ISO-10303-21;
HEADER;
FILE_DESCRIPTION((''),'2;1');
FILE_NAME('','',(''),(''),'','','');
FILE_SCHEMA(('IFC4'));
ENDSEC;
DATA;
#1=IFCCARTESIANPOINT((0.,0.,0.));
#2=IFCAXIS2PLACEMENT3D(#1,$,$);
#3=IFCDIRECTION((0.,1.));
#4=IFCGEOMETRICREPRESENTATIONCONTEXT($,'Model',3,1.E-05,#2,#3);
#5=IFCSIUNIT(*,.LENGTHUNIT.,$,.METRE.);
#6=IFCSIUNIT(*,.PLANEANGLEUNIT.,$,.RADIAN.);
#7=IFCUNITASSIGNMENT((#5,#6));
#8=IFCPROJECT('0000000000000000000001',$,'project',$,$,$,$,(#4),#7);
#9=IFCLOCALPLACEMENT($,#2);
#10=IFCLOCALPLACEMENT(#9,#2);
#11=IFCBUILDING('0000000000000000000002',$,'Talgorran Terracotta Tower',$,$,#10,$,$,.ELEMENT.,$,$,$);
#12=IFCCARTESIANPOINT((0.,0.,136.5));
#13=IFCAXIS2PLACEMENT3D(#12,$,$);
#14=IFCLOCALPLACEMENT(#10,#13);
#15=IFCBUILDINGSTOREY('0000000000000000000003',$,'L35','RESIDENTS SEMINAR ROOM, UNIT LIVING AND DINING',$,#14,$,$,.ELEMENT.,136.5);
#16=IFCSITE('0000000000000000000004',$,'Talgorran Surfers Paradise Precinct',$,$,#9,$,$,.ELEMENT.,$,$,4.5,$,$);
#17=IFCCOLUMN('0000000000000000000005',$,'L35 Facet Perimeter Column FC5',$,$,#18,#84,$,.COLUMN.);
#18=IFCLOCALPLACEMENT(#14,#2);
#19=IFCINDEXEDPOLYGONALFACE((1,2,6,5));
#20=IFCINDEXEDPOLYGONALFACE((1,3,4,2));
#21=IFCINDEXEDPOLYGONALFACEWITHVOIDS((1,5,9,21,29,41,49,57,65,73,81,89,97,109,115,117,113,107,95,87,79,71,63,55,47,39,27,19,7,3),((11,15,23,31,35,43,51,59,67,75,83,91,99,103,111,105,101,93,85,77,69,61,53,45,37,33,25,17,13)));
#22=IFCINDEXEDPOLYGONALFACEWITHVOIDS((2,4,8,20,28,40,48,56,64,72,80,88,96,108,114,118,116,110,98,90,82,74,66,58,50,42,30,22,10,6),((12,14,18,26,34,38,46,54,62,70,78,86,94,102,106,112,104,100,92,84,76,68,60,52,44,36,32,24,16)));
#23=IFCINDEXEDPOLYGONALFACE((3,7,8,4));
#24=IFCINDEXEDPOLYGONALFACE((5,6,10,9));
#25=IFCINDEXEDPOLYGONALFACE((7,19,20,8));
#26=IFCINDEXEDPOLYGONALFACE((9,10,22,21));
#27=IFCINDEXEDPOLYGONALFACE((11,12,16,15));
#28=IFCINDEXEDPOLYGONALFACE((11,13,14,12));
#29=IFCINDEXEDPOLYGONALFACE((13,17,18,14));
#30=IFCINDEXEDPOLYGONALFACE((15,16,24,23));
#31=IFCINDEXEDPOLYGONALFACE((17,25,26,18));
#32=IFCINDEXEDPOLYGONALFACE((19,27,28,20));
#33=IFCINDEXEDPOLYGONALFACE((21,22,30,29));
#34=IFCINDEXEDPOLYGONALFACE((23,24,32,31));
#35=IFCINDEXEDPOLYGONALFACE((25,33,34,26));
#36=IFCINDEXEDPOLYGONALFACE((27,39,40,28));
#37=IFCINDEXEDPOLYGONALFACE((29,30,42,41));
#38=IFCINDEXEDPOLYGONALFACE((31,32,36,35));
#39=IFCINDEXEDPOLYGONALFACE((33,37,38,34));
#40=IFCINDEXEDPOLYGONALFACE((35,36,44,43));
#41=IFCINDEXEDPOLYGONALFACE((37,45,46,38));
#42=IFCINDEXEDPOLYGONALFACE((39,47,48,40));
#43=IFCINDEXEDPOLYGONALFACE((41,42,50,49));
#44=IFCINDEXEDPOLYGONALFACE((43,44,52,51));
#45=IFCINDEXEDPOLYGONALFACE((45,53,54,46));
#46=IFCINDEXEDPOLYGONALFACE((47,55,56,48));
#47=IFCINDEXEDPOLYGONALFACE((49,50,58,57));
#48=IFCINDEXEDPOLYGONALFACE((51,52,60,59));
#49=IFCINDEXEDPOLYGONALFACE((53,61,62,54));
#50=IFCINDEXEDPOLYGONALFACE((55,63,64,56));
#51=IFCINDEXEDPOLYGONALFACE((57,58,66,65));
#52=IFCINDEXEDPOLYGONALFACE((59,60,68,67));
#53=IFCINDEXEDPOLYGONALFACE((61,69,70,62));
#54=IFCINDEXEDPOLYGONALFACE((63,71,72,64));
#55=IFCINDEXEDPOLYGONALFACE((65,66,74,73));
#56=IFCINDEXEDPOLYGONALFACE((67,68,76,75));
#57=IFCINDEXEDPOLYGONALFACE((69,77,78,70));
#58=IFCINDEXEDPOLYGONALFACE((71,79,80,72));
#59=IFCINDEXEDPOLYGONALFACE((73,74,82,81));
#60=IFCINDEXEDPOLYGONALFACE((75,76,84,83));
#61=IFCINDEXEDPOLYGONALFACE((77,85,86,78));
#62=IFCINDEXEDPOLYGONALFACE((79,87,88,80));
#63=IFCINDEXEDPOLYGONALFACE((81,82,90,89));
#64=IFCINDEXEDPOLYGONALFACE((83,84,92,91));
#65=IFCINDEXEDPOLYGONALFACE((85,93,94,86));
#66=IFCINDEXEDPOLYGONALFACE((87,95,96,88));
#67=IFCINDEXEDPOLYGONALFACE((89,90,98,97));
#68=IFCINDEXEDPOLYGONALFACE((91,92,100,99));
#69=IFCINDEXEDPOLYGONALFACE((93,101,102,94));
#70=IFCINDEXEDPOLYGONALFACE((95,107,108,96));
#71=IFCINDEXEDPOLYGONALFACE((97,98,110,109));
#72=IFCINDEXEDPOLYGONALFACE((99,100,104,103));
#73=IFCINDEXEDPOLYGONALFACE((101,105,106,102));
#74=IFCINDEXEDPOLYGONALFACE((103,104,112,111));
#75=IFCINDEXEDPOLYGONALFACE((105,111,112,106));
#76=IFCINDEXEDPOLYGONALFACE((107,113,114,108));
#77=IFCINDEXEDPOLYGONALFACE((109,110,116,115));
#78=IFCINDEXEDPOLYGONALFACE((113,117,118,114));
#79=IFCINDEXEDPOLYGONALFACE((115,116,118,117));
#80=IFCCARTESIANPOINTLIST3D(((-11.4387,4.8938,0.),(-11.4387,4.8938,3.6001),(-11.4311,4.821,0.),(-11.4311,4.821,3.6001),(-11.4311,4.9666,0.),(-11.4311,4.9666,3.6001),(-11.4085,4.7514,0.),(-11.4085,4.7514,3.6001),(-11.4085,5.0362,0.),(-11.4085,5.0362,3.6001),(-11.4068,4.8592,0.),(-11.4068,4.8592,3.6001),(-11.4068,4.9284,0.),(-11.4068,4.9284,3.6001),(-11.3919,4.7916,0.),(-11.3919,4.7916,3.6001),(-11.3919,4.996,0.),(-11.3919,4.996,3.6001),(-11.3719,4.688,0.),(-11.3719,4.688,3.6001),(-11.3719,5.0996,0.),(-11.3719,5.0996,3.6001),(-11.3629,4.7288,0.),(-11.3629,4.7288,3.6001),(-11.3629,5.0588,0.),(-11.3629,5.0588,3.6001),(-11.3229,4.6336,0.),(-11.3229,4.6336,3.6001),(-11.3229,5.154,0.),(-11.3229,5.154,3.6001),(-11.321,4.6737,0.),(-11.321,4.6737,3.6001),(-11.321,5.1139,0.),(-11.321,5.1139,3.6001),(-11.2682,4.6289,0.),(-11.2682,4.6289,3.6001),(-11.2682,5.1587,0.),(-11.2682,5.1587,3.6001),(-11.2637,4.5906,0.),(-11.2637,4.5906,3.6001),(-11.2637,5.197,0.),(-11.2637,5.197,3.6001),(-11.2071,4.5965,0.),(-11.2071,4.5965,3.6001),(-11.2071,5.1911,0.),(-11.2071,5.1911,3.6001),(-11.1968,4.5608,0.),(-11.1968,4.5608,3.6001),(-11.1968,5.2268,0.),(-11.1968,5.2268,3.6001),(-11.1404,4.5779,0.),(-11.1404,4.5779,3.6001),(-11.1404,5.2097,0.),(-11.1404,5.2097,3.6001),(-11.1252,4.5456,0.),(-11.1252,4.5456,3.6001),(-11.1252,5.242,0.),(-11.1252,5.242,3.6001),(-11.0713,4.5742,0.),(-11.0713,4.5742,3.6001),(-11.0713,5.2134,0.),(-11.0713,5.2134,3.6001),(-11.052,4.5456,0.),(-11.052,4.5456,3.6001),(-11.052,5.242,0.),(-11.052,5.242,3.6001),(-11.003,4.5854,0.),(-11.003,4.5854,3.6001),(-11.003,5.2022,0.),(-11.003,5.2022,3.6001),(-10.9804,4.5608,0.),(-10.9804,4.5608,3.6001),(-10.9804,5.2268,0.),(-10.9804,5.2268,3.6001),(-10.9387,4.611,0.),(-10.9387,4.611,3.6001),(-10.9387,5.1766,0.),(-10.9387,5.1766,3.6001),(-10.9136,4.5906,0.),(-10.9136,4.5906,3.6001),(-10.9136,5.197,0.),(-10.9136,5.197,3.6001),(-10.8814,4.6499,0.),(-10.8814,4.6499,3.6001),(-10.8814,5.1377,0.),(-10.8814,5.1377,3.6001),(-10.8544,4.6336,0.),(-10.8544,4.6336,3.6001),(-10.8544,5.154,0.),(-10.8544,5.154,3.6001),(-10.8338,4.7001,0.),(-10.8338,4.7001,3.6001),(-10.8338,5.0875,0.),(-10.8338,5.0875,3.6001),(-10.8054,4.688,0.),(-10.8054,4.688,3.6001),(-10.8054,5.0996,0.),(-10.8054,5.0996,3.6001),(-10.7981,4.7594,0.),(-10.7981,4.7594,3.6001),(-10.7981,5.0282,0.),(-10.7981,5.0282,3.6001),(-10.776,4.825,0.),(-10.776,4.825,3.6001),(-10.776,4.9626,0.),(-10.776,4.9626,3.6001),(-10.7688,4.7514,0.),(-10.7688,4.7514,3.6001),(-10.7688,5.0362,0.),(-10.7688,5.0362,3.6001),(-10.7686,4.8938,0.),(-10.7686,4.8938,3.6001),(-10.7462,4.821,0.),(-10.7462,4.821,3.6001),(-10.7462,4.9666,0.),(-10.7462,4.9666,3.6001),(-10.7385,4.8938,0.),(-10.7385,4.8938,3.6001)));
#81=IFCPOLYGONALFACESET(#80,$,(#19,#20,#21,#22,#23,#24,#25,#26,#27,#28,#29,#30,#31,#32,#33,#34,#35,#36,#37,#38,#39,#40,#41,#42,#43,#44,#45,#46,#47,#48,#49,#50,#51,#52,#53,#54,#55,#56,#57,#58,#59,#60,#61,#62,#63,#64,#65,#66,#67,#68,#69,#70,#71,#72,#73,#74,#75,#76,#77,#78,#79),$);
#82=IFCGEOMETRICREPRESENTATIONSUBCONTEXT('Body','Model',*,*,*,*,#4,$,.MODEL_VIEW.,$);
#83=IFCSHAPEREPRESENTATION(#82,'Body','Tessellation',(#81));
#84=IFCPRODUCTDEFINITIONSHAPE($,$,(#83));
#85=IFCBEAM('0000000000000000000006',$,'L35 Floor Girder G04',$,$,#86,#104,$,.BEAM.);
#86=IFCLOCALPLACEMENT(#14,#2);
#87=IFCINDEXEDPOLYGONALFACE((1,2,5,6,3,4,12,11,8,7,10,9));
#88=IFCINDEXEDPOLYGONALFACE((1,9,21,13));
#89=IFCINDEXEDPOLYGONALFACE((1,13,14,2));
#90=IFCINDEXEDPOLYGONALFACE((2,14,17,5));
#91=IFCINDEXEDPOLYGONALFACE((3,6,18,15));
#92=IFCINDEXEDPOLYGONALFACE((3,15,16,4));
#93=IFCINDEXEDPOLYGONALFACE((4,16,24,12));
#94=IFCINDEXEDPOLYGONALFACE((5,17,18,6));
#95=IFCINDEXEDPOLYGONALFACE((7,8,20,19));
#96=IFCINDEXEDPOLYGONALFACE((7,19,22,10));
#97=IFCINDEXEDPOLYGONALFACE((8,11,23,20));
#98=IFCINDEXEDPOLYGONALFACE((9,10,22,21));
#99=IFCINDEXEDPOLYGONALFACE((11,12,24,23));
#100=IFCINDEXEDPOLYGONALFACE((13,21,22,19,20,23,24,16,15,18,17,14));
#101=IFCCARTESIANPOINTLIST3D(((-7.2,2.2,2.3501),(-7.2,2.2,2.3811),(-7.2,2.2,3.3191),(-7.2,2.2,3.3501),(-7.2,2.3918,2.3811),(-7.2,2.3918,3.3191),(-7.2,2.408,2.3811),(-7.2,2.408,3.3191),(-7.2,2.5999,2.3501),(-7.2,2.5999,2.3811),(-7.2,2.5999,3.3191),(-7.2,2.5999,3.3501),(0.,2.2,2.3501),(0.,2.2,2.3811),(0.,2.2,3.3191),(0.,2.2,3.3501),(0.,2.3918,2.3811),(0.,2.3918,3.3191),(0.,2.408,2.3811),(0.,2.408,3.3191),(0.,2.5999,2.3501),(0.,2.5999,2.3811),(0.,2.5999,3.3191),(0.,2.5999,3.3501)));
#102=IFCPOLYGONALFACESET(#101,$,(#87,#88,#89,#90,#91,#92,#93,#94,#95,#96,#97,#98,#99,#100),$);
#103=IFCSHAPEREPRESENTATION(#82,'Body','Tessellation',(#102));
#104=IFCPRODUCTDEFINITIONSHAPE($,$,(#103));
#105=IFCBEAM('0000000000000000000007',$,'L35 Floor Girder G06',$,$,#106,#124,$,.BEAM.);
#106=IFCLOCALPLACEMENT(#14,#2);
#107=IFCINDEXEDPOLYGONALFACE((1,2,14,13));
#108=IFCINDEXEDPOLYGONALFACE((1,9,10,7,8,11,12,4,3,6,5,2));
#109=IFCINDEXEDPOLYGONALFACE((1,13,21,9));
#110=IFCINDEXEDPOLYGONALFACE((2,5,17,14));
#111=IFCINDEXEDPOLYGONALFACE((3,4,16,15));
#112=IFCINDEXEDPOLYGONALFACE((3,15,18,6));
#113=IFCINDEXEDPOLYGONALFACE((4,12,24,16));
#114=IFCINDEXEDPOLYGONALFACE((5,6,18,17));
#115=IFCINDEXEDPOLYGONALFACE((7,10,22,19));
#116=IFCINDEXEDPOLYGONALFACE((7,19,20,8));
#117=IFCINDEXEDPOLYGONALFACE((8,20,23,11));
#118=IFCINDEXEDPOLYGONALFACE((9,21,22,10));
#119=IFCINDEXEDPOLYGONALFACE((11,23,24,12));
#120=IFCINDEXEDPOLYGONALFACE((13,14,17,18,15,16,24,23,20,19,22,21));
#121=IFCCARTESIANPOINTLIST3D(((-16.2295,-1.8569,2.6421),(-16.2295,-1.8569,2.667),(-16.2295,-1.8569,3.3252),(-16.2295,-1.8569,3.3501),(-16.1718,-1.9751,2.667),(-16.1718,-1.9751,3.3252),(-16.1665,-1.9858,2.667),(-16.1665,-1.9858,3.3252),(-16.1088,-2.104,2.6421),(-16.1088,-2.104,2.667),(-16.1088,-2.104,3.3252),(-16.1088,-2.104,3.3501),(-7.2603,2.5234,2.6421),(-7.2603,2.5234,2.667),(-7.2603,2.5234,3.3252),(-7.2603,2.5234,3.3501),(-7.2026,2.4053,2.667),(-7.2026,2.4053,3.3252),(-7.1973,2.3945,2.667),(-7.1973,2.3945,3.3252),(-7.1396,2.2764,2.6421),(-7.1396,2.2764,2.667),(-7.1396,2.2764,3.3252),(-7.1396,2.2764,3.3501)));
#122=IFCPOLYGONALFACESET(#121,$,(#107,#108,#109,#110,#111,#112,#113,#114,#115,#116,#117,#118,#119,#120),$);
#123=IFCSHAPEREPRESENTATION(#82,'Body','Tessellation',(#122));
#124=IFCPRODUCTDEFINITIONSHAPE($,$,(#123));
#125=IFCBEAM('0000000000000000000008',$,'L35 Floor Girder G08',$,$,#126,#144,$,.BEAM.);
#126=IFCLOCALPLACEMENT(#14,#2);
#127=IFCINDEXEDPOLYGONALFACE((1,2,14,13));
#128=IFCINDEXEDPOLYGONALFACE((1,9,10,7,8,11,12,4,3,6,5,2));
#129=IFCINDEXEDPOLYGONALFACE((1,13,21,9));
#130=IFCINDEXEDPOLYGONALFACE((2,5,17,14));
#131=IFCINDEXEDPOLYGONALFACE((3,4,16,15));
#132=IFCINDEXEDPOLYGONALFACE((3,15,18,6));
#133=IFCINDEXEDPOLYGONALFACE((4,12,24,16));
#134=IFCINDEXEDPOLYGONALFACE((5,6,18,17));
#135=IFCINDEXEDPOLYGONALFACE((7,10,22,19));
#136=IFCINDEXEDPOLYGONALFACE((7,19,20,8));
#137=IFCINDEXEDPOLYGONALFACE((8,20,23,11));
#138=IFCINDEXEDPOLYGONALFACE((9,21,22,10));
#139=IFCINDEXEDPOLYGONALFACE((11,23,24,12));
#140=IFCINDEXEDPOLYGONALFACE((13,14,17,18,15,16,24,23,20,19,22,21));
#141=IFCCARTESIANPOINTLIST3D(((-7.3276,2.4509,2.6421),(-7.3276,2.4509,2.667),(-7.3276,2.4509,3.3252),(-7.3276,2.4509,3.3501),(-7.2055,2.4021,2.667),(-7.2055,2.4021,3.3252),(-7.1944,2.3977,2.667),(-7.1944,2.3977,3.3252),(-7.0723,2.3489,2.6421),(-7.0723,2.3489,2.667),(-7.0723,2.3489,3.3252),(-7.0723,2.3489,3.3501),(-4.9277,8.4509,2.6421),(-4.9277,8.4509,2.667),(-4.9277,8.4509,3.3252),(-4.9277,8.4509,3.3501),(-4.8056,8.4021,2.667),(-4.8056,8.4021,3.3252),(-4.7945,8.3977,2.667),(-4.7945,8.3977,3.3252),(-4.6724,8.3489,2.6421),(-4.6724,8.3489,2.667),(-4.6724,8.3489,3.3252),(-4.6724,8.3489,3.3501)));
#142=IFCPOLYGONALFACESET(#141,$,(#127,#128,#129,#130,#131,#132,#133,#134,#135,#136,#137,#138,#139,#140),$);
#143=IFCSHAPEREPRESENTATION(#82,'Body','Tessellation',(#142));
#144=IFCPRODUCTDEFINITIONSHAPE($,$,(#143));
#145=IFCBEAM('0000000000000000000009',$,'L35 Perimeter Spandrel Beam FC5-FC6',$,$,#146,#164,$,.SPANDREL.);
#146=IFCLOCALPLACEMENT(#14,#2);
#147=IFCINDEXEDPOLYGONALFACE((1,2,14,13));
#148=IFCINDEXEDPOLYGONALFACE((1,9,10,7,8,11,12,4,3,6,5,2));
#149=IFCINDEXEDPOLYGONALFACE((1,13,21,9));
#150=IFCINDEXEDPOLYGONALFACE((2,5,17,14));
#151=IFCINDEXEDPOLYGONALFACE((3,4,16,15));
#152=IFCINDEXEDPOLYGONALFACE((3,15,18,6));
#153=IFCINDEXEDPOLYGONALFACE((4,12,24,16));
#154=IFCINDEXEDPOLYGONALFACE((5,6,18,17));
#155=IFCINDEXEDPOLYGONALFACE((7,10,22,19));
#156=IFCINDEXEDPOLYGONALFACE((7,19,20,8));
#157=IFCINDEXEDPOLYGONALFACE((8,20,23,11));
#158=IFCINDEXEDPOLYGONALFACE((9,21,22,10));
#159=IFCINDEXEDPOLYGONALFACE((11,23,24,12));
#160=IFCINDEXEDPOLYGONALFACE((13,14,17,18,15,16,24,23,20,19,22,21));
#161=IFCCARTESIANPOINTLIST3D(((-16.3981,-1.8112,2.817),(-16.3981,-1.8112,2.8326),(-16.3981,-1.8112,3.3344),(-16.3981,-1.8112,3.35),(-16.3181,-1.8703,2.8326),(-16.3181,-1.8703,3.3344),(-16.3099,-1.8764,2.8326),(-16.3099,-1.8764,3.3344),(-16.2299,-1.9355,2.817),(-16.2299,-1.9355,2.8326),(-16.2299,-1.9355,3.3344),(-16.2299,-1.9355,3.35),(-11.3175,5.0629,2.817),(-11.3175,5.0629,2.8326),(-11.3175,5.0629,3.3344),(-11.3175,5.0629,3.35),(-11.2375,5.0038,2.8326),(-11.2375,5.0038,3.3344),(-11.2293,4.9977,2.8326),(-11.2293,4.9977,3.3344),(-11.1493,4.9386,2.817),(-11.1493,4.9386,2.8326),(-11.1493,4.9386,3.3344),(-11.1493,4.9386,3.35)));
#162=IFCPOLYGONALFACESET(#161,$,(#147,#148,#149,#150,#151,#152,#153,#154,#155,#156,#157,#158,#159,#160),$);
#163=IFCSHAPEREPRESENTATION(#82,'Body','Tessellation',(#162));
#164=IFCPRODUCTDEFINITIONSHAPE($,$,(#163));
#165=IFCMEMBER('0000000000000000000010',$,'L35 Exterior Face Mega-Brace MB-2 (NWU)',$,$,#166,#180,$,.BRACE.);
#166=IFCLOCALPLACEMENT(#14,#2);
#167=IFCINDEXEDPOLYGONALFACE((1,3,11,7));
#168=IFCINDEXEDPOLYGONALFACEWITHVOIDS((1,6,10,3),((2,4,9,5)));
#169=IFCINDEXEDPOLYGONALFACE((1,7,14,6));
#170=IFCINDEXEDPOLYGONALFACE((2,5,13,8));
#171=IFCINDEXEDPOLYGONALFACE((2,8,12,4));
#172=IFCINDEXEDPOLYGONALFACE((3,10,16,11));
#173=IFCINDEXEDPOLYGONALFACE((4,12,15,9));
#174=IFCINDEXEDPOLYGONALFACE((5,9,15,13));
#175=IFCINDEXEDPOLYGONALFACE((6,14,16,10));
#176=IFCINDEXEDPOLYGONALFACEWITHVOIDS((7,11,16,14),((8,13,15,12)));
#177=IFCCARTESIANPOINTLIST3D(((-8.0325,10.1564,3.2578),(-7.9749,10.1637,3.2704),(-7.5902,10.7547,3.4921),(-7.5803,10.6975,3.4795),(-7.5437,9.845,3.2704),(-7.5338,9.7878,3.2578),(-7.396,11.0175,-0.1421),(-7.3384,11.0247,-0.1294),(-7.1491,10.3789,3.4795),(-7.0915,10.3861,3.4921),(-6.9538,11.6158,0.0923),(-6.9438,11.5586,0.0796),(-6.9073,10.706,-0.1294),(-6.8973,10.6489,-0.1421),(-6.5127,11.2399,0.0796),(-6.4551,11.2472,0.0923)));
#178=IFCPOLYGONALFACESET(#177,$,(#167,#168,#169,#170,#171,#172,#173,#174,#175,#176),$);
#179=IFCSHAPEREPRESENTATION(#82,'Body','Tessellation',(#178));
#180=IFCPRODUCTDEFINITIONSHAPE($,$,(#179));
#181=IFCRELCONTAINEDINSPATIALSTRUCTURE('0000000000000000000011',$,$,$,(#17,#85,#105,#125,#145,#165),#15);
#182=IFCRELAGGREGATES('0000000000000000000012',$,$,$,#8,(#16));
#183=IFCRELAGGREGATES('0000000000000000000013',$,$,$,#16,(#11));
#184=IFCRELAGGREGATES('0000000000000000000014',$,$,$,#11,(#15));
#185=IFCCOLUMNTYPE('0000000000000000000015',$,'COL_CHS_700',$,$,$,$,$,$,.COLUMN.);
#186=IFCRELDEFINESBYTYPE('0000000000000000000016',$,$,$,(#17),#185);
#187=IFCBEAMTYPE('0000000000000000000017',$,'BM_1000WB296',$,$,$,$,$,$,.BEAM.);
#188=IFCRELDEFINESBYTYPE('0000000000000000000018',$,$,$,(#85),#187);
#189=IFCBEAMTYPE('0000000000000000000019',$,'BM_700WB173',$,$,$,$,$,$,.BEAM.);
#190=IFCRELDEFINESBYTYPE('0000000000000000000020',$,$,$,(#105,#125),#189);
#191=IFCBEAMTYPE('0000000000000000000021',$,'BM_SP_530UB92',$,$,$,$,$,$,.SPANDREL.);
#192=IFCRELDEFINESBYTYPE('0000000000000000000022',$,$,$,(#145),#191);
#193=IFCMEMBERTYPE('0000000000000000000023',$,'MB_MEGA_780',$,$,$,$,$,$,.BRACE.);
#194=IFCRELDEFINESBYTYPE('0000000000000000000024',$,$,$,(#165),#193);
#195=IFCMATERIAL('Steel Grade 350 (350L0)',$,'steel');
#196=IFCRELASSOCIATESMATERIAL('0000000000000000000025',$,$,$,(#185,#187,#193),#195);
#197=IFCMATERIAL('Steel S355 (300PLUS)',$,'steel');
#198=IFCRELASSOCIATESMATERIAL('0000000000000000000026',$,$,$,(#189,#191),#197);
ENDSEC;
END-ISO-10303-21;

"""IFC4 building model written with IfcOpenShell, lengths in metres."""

from ifc_helpers import new_model, si_unit, direction, frame, origin, origin_2d, place, context, subcontext, project, spatial, hollow_rectangle, hollow_circle, i_section, extrude, material, material_profile, profile_set, type_object, element, save


model = new_model("IFC4")

# Units and contexts
model_context = context("Model", 3, precision=1e-05, world=origin(), true_north=direction((0.0, 1.0)))
body_context = subcontext(model_context, "Body", "Model", "MODEL_VIEW")
ifc_project = project(units=[si_unit("LENGTHUNIT", "METRE"), si_unit("PLANEANGLEUNIT", "RADIAN")], contexts=[model_context])

# Site, building, storey
site_placement = place(None, origin())
site = spatial("IfcSite", under=ifc_project, at=site_placement, Name="Talgorran Surfers Paradise Precinct", CompositionType="ELEMENT", RefElevation=4.5)
building_placement = place(site_placement, origin())
building = spatial("IfcBuilding", under=site, at=building_placement, Name="Talgorran Terracotta Tower", CompositionType="ELEMENT")
storey_placement = place(building_placement, frame((0.0, 0.0, 136.5)))
storey = spatial("IfcBuildingStorey", under=building, at=storey_placement, Name="L35", Description="RESIDENTS SEMINAR ROOM, UNIT LIVING AND DINING", CompositionType="ELEMENT", Elevation=136.5)

# Column
ifc_material_1 = material(Name="Steel Grade 350 (350L0)", Category="steel")
ifc_material_profile_1 = material_profile(ifc_material_1, hollow_circle(Radius=0.3501, WallThickness=0.03, at=origin_2d()), Name="CHS700X30")
ifc_profile_set_1 = profile_set([ifc_material_profile_1], Name="Steel Grade 350 (350L0)")
column_type = type_object("IfcColumnType", Name="COL_CHS_700", PredefinedType="COLUMN", material=ifc_profile_set_1)
column_placement = place(storey_placement, frame((-11.0886, 4.8938, 0.0), z_axis=(0.0, 0.0, 1.0), x_axis=(1.0, 0.0, 0.0)))
element("IfcColumn", 1, at=column_placement, inside=storey, type_object=column_type, Name="L35 Facet Perimeter Column FC5", PredefinedType="COLUMN", context=body_context, shape_type="SweptSolid", body=[
    extrude(hollow_circle(Radius=0.3501, WallThickness=0.03, at=origin_2d()), origin(), (0.0, 0.0, 1.0), 3.6001),
])

# Beams
ifc_material_profile_2 = material_profile(ifc_material_1, i_section(OverallWidth=0.3999, OverallDepth=1.0, WebThickness=0.0161, FlangeThickness=0.031, at=origin_2d()), Name="1000WB296")
ifc_profile_set_2 = profile_set([ifc_material_profile_2], Name="Steel Grade 350 (350L0)")
beam_type_1 = type_object("IfcBeamType", Name="BM_1000WB296", PredefinedType="BEAM", material=ifc_profile_set_2)
beam_1_placement = place(storey_placement, frame((-7.2, 2.3999, 2.8501), z_axis=(1.0, 0.0, 0.0), x_axis=(0.0, 1.0, 0.0)))
element("IfcBeam", 2, at=beam_1_placement, inside=storey, type_object=beam_type_1, Name="L35 Floor Girder G04", PredefinedType="BEAM", context=body_context, shape_type="SweptSolid", body=[
    extrude(i_section(OverallWidth=0.3999, OverallDepth=1.0, WebThickness=0.0161, FlangeThickness=0.031, at=origin_2d()), origin(), (0.0, 0.0, 1.0), 7.2),
])
ifc_material_2 = material(Name="Steel S355 (300PLUS)", Category="steel")
ifc_material_profile_3 = material_profile(ifc_material_2, i_section(OverallWidth=0.2749, OverallDepth=0.708, WebThickness=0.012, FlangeThickness=0.0249, at=origin_2d()), Name="700WB173")
ifc_profile_set_3 = profile_set([ifc_material_profile_3], Name="Steel S355 (300PLUS)")
beam_type_2 = type_object("IfcBeamType", Name="BM_700WB173", PredefinedType="BEAM", material=ifc_profile_set_3)
beam_2_placement = place(storey_placement, frame((-7.2, 2.3999, 2.9961), z_axis=(-0.898566, -0.438839, 0.0), x_axis=(0.438839, -0.898566, 0.0)))
element("IfcBeam", 3, at=beam_2_placement, inside=storey, type_object=beam_type_2, Name="L35 Floor Girder G06", PredefinedType="BEAM", context=body_context, shape_type="SweptSolid", body=[
    extrude(i_section(OverallWidth=0.2749, OverallDepth=0.708, WebThickness=0.012, FlangeThickness=0.0249, at=origin_2d()), origin(), (0.0, 0.0, 1.0), 9.9817),
])
beam_3_placement = place(storey_placement, frame((-7.2, 2.3999, 2.9961), z_axis=(0.371378, 0.928482, 0.0), x_axis=(-0.928482, 0.371378, 0.0)))
element("IfcBeam", 4, at=beam_3_placement, inside=storey, type_object=beam_type_2, Name="L35 Floor Girder G08", PredefinedType="BEAM", context=body_context, shape_type="SweptSolid", body=[
    extrude(i_section(OverallWidth=0.2749, OverallDepth=0.708, WebThickness=0.012, FlangeThickness=0.0249, at=origin_2d()), origin(), (0.0, 0.0, 1.0), 6.4622),
])
ifc_material_profile_4 = material_profile(ifc_material_2, i_section(OverallWidth=0.2092, OverallDepth=0.533, WebThickness=0.0103, FlangeThickness=0.0156, at=origin_2d()), Name="530UB92.4")
ifc_profile_set_4 = profile_set([ifc_material_profile_4], Name="Steel S355 (300PLUS)")
beam_type_3 = type_object("IfcBeamType", Name="BM_SP_530UB92", PredefinedType="SPANDREL", material=ifc_profile_set_4)
beam_4_placement = place(storey_placement, frame((-11.2334, 5.0007, 3.0835), z_axis=(-0.594373, -0.804189, 0.0), x_axis=(0.804189, -0.594373, 0.0)))
element("IfcBeam", 5, at=beam_4_placement, inside=storey, type_object=beam_type_3, Name="L35 Perimeter Spandrel Beam FC5-FC6", PredefinedType="SPANDREL", context=body_context, shape_type="SweptSolid", body=[
    extrude(i_section(OverallWidth=0.2092, OverallDepth=0.533, WebThickness=0.0103, FlangeThickness=0.0156, at=origin_2d()), origin(), (0.0, 0.0, 1.0), 8.5479),
])

# Member
ifc_material_profile_5 = material_profile(ifc_material_1, hollow_rectangle(XDim=0.6201, YDim=0.78, WallThickness=0.042, at=origin_2d()), Name="WBOX780X620X42")
ifc_profile_set_5 = profile_set([ifc_material_profile_5], Name="Steel Grade 350 (350L0)")
member_type_1 = type_object("IfcMemberType", Name="MB_MEGA_780", PredefinedType="BRACE", material=ifc_profile_set_5)
member_1_placement = place(storey_placement, frame((-6.9255, 11.1323, -0.0249), z_axis=(-0.178558, -0.24157, 0.953814), x_axis=(0.804167, -0.594404, 0.0)))
element("IfcMember", 6, at=member_1_placement, inside=storey, type_object=member_type_1, Name="L35 Exterior Face Mega-Brace MB-2 (NWU)", PredefinedType="BRACE", context=body_context, shape_type="SweptSolid", body=[
    extrude(hollow_rectangle(XDim=0.6201, YDim=0.78, WallThickness=0.042, at=origin_2d()), origin(), (0.0, 0.0, 1.0), 3.5645),
])

save(model, "model.ifc")
